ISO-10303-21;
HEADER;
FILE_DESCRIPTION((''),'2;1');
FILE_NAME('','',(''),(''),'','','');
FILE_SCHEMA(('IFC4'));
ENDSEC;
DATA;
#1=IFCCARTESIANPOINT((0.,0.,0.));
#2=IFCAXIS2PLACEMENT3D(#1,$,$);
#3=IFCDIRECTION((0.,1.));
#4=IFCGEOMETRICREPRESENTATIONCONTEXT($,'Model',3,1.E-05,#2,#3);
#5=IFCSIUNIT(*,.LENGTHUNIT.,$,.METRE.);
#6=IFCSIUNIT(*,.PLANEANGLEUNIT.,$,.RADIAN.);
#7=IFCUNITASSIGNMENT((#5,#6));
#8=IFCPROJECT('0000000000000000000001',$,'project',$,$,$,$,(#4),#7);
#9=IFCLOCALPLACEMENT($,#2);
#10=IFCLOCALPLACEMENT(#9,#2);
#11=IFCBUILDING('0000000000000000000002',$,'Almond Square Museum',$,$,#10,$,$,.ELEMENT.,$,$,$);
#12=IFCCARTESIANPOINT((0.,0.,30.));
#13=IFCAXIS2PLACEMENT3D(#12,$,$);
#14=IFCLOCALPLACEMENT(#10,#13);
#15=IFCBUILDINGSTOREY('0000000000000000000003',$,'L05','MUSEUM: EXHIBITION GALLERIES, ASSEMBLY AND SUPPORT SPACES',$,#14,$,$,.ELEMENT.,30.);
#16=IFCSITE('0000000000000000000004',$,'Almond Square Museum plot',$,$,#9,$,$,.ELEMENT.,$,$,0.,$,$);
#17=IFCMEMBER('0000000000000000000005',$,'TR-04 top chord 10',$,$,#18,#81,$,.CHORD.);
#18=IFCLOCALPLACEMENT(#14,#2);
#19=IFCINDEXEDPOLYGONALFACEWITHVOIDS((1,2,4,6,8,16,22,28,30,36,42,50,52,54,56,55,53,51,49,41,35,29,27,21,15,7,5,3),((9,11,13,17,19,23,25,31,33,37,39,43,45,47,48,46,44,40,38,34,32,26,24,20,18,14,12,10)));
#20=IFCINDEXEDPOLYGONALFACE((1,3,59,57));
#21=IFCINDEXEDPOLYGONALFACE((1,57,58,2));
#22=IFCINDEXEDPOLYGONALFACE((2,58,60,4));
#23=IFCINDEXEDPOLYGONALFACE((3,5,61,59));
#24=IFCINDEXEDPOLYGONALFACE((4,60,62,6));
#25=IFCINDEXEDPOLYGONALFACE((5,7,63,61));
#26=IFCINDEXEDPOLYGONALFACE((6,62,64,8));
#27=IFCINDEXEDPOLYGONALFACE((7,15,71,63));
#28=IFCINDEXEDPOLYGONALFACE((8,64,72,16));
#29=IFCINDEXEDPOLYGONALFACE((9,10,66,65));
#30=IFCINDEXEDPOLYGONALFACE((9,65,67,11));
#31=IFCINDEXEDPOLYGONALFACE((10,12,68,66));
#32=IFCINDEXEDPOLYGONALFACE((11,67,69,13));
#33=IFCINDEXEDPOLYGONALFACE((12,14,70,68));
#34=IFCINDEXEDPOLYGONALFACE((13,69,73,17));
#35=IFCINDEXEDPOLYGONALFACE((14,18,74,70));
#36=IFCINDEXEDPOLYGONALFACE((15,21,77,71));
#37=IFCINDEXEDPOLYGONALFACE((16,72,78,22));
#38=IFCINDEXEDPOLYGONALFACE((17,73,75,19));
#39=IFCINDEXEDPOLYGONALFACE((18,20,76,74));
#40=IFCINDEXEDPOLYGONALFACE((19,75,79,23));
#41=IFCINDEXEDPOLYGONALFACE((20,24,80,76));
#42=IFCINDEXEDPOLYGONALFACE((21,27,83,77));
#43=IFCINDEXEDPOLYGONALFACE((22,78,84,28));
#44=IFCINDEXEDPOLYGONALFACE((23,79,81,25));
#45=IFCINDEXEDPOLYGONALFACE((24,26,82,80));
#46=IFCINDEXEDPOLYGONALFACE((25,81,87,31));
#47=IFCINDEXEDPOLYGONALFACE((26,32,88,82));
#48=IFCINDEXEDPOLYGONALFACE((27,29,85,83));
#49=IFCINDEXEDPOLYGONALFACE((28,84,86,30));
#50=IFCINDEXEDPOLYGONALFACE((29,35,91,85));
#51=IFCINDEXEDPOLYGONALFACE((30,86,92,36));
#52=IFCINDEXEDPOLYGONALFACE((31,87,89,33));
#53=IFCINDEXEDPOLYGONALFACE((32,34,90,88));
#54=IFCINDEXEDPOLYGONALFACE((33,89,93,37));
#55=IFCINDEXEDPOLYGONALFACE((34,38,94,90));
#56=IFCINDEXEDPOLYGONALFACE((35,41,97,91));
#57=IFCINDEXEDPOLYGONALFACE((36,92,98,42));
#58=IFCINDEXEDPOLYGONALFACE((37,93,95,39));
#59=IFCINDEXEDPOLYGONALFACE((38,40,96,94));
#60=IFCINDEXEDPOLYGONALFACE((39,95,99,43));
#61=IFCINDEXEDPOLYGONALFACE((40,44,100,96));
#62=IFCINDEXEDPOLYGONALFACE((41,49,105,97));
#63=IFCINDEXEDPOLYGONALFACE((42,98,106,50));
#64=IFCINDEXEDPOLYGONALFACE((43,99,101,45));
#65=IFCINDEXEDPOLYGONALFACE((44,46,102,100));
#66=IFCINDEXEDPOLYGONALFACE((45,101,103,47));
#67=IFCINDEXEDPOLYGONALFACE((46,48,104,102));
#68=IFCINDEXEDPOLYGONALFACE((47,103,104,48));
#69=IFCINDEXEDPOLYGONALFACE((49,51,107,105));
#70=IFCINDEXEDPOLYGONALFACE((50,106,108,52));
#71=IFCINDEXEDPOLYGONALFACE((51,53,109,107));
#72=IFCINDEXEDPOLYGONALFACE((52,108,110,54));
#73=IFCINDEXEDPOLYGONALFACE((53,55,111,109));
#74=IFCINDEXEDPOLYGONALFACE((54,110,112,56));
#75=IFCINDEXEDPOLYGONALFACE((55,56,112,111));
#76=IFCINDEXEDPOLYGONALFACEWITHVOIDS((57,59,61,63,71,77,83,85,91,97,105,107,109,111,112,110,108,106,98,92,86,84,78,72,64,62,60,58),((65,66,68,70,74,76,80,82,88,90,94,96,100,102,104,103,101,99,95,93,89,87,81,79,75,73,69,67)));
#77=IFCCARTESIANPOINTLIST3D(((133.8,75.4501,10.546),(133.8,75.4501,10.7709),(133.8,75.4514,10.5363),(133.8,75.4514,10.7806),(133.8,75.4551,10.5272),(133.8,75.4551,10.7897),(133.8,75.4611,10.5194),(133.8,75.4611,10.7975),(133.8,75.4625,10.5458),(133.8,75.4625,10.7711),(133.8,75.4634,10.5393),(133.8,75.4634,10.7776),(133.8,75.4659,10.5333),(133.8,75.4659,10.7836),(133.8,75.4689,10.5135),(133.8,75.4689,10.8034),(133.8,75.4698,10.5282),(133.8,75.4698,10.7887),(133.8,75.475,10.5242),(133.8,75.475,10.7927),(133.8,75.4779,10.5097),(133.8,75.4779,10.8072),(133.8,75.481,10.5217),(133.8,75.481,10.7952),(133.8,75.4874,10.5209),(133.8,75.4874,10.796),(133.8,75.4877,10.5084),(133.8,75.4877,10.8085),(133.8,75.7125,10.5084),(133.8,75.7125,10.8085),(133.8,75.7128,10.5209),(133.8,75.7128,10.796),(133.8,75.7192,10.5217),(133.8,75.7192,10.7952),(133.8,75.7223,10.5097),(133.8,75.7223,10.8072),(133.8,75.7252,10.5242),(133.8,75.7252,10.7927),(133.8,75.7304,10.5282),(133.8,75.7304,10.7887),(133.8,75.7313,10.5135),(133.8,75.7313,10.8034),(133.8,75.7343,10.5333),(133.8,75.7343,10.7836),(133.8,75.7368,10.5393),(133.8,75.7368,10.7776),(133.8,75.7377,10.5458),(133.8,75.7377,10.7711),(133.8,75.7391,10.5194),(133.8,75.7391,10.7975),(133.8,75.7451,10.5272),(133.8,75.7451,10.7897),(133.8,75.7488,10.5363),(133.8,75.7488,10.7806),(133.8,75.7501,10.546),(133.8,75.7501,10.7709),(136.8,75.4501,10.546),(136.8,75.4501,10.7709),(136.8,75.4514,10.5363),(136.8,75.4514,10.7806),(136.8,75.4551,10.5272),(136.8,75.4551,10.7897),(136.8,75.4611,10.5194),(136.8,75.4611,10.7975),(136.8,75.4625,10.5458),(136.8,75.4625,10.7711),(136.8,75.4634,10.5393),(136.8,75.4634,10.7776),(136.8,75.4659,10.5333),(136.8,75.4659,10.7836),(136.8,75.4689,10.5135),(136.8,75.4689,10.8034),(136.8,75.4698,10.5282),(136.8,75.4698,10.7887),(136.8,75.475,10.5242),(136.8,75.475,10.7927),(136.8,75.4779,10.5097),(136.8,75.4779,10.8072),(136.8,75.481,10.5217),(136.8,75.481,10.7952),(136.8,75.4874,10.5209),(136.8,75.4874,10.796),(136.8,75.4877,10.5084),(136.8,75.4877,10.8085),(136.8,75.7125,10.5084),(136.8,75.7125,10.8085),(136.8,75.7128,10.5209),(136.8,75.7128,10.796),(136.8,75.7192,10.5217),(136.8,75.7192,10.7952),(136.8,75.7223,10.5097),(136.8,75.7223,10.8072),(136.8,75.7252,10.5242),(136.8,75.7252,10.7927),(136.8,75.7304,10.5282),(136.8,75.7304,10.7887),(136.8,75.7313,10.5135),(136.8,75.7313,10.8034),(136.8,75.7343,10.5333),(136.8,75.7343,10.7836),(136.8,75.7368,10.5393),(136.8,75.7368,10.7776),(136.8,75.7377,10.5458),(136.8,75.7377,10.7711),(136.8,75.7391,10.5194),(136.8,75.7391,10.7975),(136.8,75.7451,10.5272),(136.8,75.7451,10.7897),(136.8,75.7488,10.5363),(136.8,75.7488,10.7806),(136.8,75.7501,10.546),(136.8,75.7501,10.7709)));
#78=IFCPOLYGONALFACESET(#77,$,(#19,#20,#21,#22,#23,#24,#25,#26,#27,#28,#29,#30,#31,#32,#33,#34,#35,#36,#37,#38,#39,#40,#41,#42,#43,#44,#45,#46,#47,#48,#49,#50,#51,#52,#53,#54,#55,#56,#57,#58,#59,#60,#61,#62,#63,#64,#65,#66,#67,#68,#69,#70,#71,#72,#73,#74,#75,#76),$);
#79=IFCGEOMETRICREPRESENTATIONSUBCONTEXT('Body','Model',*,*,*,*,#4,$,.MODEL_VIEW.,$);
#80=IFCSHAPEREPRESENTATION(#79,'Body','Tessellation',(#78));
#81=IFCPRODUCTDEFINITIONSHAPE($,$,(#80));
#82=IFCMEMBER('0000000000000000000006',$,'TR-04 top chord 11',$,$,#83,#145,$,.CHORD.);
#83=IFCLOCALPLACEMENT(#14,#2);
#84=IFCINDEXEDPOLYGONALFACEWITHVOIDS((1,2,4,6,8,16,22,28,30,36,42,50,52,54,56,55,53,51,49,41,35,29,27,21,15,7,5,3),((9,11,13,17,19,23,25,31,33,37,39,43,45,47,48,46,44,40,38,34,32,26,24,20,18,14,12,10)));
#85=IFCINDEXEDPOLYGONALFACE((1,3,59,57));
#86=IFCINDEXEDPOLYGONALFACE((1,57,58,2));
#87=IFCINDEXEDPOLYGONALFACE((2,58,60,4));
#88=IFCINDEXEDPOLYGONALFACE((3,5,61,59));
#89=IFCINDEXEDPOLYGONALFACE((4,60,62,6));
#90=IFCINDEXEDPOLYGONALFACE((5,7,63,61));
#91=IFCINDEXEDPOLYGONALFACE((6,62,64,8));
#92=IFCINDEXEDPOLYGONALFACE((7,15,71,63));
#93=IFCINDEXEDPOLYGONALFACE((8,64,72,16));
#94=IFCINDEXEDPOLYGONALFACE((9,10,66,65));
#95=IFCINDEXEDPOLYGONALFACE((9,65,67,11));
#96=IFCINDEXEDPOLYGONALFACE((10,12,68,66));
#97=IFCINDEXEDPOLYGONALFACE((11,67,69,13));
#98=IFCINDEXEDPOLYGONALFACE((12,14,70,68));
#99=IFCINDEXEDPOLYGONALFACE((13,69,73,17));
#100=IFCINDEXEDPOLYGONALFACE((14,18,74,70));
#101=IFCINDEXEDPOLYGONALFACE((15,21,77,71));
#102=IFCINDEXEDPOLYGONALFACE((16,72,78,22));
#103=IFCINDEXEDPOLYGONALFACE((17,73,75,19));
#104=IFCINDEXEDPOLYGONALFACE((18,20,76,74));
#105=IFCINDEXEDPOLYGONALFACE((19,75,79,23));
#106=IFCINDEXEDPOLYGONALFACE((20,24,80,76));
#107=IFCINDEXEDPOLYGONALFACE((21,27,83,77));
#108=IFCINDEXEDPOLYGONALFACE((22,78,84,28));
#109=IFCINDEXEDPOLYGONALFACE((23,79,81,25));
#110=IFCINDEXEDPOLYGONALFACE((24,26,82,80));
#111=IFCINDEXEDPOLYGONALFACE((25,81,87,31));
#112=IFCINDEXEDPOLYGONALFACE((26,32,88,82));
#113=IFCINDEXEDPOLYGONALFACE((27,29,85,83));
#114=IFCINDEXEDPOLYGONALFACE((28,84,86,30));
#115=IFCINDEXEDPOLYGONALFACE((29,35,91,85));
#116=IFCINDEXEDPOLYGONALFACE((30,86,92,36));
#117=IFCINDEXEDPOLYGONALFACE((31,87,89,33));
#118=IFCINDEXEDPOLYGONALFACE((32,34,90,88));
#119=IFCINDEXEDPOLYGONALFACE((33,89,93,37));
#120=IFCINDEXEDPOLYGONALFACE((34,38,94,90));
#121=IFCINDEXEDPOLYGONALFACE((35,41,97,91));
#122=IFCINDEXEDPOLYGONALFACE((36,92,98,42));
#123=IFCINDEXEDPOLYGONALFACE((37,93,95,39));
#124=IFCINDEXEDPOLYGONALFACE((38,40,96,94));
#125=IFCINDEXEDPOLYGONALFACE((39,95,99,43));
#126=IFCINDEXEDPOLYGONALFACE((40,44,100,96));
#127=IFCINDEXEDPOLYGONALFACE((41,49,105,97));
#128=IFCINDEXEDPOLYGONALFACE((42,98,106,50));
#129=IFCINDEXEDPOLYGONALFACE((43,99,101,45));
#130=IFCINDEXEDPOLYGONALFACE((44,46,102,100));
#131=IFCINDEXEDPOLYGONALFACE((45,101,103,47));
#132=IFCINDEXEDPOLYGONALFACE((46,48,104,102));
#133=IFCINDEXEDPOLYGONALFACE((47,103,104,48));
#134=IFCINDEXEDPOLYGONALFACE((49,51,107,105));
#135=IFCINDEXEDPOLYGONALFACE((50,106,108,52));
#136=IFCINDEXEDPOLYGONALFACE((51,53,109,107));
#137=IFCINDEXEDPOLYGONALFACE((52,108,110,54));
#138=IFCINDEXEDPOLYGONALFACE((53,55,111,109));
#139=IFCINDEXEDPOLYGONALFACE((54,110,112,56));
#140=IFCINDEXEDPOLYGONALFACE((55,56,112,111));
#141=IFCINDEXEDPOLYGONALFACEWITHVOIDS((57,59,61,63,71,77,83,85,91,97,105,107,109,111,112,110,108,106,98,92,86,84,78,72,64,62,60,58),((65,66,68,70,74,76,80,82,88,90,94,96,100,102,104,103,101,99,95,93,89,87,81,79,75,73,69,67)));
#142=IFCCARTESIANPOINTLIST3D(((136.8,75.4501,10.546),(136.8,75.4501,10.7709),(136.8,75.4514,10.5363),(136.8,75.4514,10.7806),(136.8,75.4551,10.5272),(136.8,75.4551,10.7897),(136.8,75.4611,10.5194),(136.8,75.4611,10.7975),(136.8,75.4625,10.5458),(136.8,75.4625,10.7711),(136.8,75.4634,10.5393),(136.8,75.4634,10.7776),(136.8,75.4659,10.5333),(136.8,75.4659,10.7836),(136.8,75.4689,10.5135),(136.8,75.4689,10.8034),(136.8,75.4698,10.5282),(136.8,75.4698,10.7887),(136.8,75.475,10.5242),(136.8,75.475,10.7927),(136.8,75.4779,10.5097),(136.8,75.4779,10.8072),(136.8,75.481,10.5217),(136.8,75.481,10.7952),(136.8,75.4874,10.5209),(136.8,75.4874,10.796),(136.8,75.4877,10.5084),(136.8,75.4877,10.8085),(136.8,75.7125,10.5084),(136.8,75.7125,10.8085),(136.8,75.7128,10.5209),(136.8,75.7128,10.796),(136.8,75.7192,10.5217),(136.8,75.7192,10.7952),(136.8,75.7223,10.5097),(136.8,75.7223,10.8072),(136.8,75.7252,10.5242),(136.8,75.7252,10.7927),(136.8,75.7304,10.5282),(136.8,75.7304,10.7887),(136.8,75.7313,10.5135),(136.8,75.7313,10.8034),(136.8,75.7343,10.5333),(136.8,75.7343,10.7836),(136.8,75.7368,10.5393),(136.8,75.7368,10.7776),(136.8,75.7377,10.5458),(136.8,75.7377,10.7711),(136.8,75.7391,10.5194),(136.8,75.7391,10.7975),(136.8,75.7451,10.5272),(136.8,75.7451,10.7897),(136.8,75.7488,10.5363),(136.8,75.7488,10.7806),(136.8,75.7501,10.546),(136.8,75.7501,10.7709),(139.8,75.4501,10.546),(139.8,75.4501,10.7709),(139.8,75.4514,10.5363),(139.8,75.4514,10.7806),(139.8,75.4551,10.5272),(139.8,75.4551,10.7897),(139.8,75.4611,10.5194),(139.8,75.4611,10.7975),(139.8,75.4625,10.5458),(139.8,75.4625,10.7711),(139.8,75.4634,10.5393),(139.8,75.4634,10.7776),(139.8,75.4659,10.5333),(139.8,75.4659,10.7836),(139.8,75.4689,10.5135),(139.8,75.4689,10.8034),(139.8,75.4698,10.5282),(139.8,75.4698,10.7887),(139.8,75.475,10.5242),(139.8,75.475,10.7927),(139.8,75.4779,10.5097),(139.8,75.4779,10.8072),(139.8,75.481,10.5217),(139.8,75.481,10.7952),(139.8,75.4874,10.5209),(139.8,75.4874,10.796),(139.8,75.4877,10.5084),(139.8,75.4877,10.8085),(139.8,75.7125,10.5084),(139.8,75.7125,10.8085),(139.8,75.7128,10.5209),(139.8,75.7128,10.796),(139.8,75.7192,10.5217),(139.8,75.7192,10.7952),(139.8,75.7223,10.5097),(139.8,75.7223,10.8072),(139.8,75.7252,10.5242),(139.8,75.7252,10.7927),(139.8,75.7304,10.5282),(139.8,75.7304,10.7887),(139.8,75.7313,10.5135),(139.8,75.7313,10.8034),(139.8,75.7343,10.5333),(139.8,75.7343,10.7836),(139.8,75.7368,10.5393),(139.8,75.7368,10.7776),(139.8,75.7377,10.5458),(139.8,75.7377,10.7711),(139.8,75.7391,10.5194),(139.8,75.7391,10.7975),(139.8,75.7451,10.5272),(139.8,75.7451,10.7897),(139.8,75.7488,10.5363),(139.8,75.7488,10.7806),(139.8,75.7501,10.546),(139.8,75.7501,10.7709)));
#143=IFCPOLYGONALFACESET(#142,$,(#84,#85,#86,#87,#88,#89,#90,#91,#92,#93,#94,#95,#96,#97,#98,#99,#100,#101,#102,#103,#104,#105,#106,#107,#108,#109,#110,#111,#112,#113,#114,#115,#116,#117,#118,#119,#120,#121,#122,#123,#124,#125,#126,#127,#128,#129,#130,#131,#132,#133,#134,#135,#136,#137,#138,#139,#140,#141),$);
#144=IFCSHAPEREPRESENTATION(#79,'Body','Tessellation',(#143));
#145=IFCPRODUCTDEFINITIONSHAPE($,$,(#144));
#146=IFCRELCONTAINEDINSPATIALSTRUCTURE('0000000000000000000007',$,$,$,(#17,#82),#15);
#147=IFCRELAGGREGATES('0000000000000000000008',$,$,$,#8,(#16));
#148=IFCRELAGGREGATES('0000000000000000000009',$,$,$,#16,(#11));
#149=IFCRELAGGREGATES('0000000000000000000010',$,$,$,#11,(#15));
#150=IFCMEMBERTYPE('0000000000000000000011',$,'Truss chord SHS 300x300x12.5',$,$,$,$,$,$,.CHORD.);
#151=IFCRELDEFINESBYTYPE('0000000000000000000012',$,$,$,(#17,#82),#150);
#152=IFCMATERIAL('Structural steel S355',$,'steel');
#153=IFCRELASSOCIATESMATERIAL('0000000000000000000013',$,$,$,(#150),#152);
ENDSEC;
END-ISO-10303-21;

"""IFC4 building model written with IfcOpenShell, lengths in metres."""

from ifc_helpers import new_model, si_unit, direction, frame, origin, origin_2d, place, context, subcontext, project, spatial, hollow_rectangle, extrude, material, material_profile, profile_set, type_object, element, save


model = new_model("IFC4")

# Units and contexts
model_context = context("Model", 3, precision=1e-05, world=origin(), true_north=direction((0.0, 1.0)))
body_context = subcontext(model_context, "Body", "Model", "MODEL_VIEW")
ifc_project = project(units=[si_unit("LENGTHUNIT", "METRE"), si_unit("PLANEANGLEUNIT", "RADIAN")], contexts=[model_context])

# Site, building, storey
site_placement = place(None, origin())
site = spatial("IfcSite", under=ifc_project, at=site_placement, Name="Almond Square Museum plot", CompositionType="ELEMENT", RefElevation=0.0)
building_placement = place(site_placement, origin())
building = spatial("IfcBuilding", under=site, at=building_placement, Name="Almond Square Museum", CompositionType="ELEMENT")
storey_placement = place(building_placement, frame((0.0, 0.0, 30.0)))
storey = spatial("IfcBuildingStorey", under=building, at=storey_placement, Name="L05", Description="MUSEUM: EXHIBITION GALLERIES, ASSEMBLY AND SUPPORT SPACES", CompositionType="ELEMENT", Elevation=30.0)

# Members
ifc_material_1 = material(Name="Structural steel S355", Category="steel")
ifc_material_profile_1 = material_profile(ifc_material_1, hollow_rectangle(XDim=0.3, YDim=0.3, WallThickness=0.0125, InnerFilletRadius=0.0249, OuterFilletRadius=0.0376, at=origin_2d()))
ifc_profile_set_1 = profile_set([ifc_material_profile_1], Name="Structural steel S355")
member_type_1 = type_object("IfcMemberType", Name="Truss chord SHS 300x300x12.5", PredefinedType="CHORD", material=ifc_profile_set_1)
for number, where, z_axis, x_axis, name in (
    (1, (133.8, 75.6001, 10.6584), (1.0, 0.0, 0.0), (0.0, 1.0, 0.0), "TR-04 top chord 10"),
    (2, (136.8, 75.6001, 10.6584), (1.0, 0.0, 0.0), (0.0, 1.0, 0.0), "TR-04 top chord 11"),
):
    element("IfcMember", number, at=place(storey_placement, frame(where, z_axis=z_axis, x_axis=x_axis)), inside=storey, type_object=member_type_1, Name=name, PredefinedType="CHORD", context=body_context, shape_type="SweptSolid", body=[
        extrude(hollow_rectangle(XDim=0.3, YDim=0.3, WallThickness=0.0125, InnerFilletRadius=0.0249, OuterFilletRadius=0.0376, at=origin_2d()), origin(), (0.0, 0.0, 1.0), 3.0),
    ])

save(model, "model.ifc")
